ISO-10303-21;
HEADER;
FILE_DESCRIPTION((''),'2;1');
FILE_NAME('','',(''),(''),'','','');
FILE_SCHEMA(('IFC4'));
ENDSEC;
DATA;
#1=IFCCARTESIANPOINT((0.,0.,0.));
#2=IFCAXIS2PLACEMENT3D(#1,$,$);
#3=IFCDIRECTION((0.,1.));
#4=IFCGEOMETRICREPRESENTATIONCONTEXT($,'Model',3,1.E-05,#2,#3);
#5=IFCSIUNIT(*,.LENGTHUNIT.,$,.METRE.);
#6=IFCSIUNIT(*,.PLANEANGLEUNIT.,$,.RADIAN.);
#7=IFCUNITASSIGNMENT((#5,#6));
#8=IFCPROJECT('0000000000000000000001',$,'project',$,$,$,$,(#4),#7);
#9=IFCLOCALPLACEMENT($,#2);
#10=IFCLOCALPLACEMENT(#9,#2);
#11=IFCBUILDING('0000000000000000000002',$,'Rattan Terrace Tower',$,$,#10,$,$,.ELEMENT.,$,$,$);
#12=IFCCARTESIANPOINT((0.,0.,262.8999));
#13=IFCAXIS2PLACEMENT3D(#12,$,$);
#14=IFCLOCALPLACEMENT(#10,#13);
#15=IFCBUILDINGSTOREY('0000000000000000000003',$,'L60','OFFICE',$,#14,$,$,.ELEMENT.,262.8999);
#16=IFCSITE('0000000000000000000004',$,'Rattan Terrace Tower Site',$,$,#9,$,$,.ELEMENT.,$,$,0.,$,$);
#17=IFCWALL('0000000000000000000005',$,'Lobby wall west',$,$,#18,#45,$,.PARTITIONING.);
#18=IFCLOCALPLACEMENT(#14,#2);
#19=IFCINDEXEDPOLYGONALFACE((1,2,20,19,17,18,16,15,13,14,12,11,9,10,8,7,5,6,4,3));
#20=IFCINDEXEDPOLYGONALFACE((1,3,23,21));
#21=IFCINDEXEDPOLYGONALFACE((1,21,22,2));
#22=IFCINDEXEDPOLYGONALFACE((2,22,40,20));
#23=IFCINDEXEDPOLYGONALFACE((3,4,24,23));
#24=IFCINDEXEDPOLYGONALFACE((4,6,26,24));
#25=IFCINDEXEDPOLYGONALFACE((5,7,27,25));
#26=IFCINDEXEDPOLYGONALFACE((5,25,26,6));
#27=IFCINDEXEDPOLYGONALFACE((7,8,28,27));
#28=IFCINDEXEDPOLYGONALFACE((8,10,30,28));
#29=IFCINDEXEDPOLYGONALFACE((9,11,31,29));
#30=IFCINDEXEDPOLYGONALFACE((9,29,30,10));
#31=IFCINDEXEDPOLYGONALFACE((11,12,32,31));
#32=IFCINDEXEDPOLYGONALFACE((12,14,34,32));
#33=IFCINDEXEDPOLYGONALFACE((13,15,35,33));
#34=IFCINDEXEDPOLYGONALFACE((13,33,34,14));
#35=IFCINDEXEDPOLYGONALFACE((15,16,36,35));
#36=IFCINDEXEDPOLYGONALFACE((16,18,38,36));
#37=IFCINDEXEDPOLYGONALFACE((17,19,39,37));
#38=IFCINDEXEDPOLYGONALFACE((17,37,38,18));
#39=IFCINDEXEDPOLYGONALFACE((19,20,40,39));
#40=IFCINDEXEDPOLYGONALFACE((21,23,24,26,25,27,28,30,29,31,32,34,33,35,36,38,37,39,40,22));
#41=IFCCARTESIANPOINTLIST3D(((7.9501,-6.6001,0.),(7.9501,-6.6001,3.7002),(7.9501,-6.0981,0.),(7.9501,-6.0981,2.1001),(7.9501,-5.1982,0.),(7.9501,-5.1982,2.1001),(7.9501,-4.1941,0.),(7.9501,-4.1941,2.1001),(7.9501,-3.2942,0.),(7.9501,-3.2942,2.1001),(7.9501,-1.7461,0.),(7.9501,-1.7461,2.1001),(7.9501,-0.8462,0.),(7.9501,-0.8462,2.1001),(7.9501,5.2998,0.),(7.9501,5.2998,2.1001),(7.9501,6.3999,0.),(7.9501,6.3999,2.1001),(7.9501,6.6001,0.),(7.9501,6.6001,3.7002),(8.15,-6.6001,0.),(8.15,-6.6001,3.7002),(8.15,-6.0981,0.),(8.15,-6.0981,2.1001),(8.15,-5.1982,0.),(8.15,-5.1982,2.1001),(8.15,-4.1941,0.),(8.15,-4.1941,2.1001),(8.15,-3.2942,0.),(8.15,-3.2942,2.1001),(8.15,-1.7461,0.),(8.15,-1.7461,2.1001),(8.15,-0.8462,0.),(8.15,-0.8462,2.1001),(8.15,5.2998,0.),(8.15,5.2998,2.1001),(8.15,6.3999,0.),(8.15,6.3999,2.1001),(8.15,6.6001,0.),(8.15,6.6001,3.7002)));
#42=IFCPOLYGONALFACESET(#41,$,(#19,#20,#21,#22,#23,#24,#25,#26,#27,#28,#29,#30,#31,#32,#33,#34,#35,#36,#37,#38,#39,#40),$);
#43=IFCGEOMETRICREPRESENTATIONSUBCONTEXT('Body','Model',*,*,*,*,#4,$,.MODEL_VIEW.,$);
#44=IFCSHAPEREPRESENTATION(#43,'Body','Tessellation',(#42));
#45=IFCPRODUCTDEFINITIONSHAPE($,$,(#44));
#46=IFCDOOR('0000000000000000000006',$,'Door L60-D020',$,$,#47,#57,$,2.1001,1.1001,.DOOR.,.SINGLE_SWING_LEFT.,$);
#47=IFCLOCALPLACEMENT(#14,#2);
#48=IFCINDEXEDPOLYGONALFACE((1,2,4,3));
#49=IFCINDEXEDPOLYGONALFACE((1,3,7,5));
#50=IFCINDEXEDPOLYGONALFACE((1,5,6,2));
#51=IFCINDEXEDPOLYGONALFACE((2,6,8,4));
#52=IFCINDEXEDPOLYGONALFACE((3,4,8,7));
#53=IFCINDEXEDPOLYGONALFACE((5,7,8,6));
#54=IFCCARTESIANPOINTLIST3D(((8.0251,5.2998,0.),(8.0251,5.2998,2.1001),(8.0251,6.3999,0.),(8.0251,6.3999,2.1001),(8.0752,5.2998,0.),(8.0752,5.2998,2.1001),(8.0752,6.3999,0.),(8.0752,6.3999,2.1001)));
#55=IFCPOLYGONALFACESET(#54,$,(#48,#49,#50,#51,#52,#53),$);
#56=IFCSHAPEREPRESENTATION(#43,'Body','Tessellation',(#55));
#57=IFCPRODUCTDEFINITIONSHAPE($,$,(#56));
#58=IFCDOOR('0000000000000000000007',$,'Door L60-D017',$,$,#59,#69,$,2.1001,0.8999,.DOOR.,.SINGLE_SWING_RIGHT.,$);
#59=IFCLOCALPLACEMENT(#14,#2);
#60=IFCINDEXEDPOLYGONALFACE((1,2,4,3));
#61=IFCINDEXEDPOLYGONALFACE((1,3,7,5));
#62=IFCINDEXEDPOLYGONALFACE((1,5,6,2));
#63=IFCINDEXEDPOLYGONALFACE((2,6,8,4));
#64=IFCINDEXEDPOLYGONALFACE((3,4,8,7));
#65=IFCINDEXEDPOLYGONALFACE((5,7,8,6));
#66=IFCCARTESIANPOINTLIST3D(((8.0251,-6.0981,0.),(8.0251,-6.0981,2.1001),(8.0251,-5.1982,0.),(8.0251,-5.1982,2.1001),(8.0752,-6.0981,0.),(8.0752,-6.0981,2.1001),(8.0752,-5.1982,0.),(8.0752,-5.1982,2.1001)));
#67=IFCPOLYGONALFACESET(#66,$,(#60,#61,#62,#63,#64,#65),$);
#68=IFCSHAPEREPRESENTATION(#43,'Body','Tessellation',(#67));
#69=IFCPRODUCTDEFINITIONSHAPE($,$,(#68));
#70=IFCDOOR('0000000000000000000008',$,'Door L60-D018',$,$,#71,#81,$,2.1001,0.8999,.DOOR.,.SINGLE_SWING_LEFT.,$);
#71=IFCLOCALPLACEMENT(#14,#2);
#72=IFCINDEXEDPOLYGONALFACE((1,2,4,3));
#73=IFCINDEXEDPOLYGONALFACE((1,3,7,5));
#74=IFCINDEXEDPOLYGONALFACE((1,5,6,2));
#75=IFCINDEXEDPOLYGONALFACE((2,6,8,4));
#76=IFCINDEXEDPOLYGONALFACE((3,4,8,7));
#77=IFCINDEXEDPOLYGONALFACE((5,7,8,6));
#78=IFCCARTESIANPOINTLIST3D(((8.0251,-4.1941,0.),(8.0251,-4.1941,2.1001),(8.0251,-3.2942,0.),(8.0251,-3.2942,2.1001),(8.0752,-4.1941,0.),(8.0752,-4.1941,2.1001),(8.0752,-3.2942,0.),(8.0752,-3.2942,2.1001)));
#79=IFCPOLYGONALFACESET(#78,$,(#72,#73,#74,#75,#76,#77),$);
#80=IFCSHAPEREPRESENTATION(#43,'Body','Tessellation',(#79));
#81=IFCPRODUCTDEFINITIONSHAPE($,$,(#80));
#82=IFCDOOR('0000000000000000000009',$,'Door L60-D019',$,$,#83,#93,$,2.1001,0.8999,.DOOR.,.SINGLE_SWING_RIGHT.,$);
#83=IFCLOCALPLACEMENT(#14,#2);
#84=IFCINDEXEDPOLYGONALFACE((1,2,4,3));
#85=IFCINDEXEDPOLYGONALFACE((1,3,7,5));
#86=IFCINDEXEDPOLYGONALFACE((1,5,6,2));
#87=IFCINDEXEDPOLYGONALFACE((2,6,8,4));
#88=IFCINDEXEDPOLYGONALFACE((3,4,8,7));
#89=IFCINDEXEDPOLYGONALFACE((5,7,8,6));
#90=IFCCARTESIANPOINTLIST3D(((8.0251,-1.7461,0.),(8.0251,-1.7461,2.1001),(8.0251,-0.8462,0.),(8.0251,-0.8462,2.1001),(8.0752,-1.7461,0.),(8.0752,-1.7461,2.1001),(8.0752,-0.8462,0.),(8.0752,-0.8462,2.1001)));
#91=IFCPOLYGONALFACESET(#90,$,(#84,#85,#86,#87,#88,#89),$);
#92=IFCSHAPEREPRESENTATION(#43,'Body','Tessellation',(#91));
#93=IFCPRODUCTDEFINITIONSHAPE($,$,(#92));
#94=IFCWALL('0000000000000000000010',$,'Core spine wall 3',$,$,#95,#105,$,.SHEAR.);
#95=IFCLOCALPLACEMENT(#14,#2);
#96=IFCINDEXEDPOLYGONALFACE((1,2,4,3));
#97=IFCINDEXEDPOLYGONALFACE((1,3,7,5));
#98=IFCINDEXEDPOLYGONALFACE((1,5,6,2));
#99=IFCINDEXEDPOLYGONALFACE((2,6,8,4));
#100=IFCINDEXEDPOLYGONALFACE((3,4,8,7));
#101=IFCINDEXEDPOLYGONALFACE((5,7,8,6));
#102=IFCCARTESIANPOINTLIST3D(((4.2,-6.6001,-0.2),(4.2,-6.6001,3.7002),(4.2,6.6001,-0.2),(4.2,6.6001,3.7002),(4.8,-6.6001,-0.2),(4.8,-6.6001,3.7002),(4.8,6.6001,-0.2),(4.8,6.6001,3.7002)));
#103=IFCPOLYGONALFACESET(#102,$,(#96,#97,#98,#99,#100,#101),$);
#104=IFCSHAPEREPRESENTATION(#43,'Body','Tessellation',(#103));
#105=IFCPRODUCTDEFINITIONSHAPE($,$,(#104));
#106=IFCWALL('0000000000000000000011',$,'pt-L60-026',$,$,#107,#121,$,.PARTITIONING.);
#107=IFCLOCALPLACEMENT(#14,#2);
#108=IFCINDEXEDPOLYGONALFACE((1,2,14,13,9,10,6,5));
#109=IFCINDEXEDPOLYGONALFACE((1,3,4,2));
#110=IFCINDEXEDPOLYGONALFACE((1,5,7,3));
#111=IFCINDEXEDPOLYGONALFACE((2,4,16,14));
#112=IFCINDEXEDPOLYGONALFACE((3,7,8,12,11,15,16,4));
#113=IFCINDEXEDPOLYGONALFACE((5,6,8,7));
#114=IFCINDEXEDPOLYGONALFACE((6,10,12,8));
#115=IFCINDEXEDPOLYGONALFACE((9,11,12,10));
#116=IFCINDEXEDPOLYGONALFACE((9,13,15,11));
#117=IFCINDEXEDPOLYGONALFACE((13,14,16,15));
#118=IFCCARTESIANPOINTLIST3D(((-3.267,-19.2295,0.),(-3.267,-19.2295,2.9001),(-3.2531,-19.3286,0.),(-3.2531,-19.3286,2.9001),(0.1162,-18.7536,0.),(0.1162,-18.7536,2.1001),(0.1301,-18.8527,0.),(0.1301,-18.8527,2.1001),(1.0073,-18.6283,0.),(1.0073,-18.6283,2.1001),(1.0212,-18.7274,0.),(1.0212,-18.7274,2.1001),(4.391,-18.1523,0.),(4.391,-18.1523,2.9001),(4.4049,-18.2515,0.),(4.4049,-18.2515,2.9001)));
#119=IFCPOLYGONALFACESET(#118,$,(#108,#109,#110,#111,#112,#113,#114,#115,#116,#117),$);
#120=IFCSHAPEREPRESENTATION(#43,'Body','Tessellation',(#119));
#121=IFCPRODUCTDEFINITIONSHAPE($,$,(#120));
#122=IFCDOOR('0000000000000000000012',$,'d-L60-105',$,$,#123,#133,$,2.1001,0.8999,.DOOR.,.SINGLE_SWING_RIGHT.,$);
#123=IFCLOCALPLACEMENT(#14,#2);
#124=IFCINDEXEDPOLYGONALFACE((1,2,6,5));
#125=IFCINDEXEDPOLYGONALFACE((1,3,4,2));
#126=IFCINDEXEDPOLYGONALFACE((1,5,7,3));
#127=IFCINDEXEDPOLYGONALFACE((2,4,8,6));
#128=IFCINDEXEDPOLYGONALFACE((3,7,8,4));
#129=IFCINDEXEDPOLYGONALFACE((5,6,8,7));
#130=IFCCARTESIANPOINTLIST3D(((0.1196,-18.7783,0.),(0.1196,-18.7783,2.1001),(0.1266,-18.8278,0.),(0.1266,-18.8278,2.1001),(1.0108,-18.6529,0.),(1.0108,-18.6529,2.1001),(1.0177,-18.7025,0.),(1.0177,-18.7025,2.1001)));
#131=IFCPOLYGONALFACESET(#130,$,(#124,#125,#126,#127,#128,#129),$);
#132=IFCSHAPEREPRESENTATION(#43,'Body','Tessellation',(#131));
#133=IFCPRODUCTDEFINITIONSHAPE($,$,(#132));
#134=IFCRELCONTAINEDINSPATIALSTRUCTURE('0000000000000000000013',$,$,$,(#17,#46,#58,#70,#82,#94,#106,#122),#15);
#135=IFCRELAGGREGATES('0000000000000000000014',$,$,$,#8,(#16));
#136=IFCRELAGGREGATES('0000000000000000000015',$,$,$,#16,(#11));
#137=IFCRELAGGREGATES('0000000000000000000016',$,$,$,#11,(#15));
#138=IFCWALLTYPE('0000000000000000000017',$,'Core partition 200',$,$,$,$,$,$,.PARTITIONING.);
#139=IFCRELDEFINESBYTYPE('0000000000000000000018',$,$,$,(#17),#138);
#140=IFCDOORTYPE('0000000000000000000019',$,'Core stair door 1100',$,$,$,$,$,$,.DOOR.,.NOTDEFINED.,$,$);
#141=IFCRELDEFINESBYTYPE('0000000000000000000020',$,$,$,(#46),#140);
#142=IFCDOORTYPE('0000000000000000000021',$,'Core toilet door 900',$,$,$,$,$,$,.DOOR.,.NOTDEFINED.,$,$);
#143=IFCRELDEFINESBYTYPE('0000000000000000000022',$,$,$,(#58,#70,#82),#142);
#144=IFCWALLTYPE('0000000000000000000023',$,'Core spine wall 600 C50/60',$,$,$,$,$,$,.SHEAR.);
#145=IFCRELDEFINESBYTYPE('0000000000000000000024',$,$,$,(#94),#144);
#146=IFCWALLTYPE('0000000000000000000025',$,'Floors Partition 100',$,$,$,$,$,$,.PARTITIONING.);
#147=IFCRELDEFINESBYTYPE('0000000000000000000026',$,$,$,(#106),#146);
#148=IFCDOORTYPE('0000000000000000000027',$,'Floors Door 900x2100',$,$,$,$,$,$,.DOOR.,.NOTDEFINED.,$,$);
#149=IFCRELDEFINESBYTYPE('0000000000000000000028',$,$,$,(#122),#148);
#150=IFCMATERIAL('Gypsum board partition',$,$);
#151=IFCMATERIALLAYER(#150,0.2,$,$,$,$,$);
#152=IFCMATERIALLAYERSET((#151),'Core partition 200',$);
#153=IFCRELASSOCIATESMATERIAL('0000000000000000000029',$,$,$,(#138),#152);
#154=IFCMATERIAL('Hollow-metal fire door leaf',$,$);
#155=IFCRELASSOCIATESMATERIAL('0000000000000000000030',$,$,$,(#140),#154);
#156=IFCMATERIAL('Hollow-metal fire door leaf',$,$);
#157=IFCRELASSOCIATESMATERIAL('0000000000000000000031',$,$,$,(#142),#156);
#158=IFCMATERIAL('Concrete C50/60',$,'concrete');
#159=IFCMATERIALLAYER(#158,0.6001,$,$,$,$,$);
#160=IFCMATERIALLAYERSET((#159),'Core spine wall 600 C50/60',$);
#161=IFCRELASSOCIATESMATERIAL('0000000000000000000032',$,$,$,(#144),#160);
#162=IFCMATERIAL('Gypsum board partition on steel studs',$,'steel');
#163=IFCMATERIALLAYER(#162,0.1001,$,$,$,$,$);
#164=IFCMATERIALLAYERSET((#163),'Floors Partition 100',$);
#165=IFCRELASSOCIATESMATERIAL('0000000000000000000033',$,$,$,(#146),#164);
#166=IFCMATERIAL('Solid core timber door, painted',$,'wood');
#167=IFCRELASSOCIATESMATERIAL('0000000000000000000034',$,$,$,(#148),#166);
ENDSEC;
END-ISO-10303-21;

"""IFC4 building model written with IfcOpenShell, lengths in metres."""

from ifc_helpers import new_model, si_unit, direction, frame, frame_2d, origin, place, context, subcontext, project, spatial, rectangle, extrude, material, layer, layer_set, type_object, element, fill, save


model = new_model("IFC4")

# Units and contexts
model_context = context("Model", 3, precision=1e-05, world=origin(), true_north=direction((0.0, 1.0)))
body_context = subcontext(model_context, "Body", "Model", "MODEL_VIEW")
ifc_project = project(units=[si_unit("LENGTHUNIT", "METRE"), si_unit("PLANEANGLEUNIT", "RADIAN")], contexts=[model_context])

# Site, building, storey
site_placement = place(None, origin())
site = spatial("IfcSite", under=ifc_project, at=site_placement, Name="Rattan Terrace Tower Site", CompositionType="ELEMENT", RefElevation=0.0)
building_placement = place(site_placement, origin())
building = spatial("IfcBuilding", under=site, at=building_placement, Name="Rattan Terrace Tower", CompositionType="ELEMENT")
storey_placement = place(building_placement, frame((0.0, 0.0, 262.8999)))
storey = spatial("IfcBuildingStorey", under=building, at=storey_placement, Name="L60", Description="OFFICE", CompositionType="ELEMENT", Elevation=262.8999)

# Wall, openings, doors
ifc_material_1 = material(Name="Gypsum board partition")
ifc_layer_1 = layer(ifc_material_1, 0.2)
ifc_layer_set_1 = layer_set([ifc_layer_1], Name="Core partition 200")
wall_type_1 = type_object("IfcWallType", Name="Core partition 200", PredefinedType="PARTITIONING", material=ifc_layer_set_1)
wall_1_placement = place(storey_placement, frame((8.05, -6.6001, 0.0), z_axis=(0.0, 0.0, 1.0), x_axis=(0.0, 1.0, 0.0)))
wall_1 = element("IfcWall", 1, at=wall_1_placement, inside=storey, type_object=wall_type_1, Name="Lobby wall west", PredefinedType="PARTITIONING", context=body_context, shape_type="SweptSolid", body=[
    extrude(rectangle(XDim=13.2002, YDim=0.2, at=frame_2d((6.6001, 0.0))), origin(), (0.0, 0.0, 1.0), 3.7002),
])
opening_1_placement = place(wall_1_placement, frame((0.502, 0.0, 0.0)))
opening_1 = element("IfcOpeningElement", 2, at=opening_1_placement, cuts=wall_1, PredefinedType="OPENING", context=body_context, shape_type="SweptSolid", body=[
    extrude(rectangle(XDim=0.8999, YDim=2.1001, at=frame_2d((0.45, 1.05))), frame((0.0, 0.1106, 0.0), z_axis=(0.0, -1.0, 0.0), x_axis=(1.0, 0.0, 0.0)), (0.0, 0.0, 1.0), 0.2209),
])
opening_2_placement = place(wall_1_placement, frame((2.406, 0.0, 0.0)))
opening_2 = element("IfcOpeningElement", 3, at=opening_2_placement, cuts=wall_1, PredefinedType="OPENING", context=body_context, shape_type="SweptSolid", body=[
    extrude(rectangle(XDim=0.8999, YDim=2.1001, at=frame_2d((0.45, 1.05))), frame((0.0, 0.1106, 0.0), z_axis=(0.0, -1.0, 0.0), x_axis=(1.0, 0.0, 0.0)), (0.0, 0.0, 1.0), 0.2209),
])
opening_3_placement = place(wall_1_placement, frame((4.854, 0.0, 0.0)))
opening_3 = element("IfcOpeningElement", 4, at=opening_3_placement, cuts=wall_1, PredefinedType="OPENING", context=body_context, shape_type="SweptSolid", body=[
    extrude(rectangle(XDim=0.8999, YDim=2.1001, at=frame_2d((0.45, 1.05))), frame((0.0, 0.1106, 0.0), z_axis=(0.0, -1.0, 0.0), x_axis=(1.0, 0.0, 0.0)), (0.0, 0.0, 1.0), 0.2209),
])
opening_4_placement = place(wall_1_placement, frame((11.8999, 0.0, 0.0)))
opening_4 = element("IfcOpeningElement", 5, at=opening_4_placement, cuts=wall_1, PredefinedType="OPENING", context=body_context, shape_type="SweptSolid", body=[
    extrude(rectangle(XDim=1.1001, YDim=2.1001, at=frame_2d((0.55, 1.05))), frame((0.0, 0.1106, 0.0), z_axis=(0.0, -1.0, 0.0), x_axis=(1.0, 0.0, 0.0)), (0.0, 0.0, 1.0), 0.2209),
])
ifc_material_2 = material(Name="Hollow-metal fire door leaf")
door_type_1 = type_object("IfcDoorType", Name="Core stair door 1100", OperationType="NOTDEFINED", PredefinedType="DOOR", material=ifc_material_2)
door_1_placement = place(opening_4_placement, origin())
door_1 = element("IfcDoor", 6, at=door_1_placement, inside=storey, type_object=door_type_1, Name="Door L60-D020", OperationType="SINGLE_SWING_LEFT", OverallHeight=2.1001, OverallWidth=1.1001, PredefinedType="DOOR", context=body_context, shape_type="SweptSolid", body=[
    extrude(rectangle(XDim=1.1001, YDim=2.1001, at=frame_2d((0.55, 1.05))), frame((0.0, 0.0249, 0.0), z_axis=(0.0, -1.0, 0.0), x_axis=(1.0, 0.0, 0.0)), (0.0, 0.0, 1.0), 0.05),
])
fill(opening_4, door_1)
ifc_material_3 = material(Name="Hollow-metal fire door leaf")
door_type_2 = type_object("IfcDoorType", Name="Core toilet door 900", OperationType="NOTDEFINED", PredefinedType="DOOR", material=ifc_material_3)
door_2_placement = place(opening_1_placement, origin())
door_2 = element("IfcDoor", 7, at=door_2_placement, inside=storey, type_object=door_type_2, Name="Door L60-D017", OperationType="SINGLE_SWING_RIGHT", OverallHeight=2.1001, OverallWidth=0.8999, PredefinedType="DOOR", context=body_context, shape_type="SweptSolid", body=[
    extrude(rectangle(XDim=0.8999, YDim=2.1001, at=frame_2d((0.45, 1.05))), frame((0.0, 0.0249, 0.0), z_axis=(0.0, -1.0, 0.0), x_axis=(1.0, 0.0, 0.0)), (0.0, 0.0, 1.0), 0.05),
])
fill(opening_1, door_2)
door_3_placement = place(opening_2_placement, origin())
door_3 = element("IfcDoor", 8, at=door_3_placement, inside=storey, type_object=door_type_2, Name="Door L60-D018", OperationType="SINGLE_SWING_LEFT", OverallHeight=2.1001, OverallWidth=0.8999, PredefinedType="DOOR", context=body_context, shape_type="SweptSolid", body=[
    extrude(rectangle(XDim=0.8999, YDim=2.1001, at=frame_2d((0.45, 1.05))), frame((0.0, 0.0249, 0.0), z_axis=(0.0, -1.0, 0.0), x_axis=(1.0, 0.0, 0.0)), (0.0, 0.0, 1.0), 0.05),
])
fill(opening_2, door_3)
door_4_placement = place(opening_3_placement, origin())
door_4 = element("IfcDoor", 9, at=door_4_placement, inside=storey, type_object=door_type_2, Name="Door L60-D019", OperationType="SINGLE_SWING_RIGHT", OverallHeight=2.1001, OverallWidth=0.8999, PredefinedType="DOOR", context=body_context, shape_type="SweptSolid", body=[
    extrude(rectangle(XDim=0.8999, YDim=2.1001, at=frame_2d((0.45, 1.05))), frame((0.0, 0.0249, 0.0), z_axis=(0.0, -1.0, 0.0), x_axis=(1.0, 0.0, 0.0)), (0.0, 0.0, 1.0), 0.05),
])
fill(opening_3, door_4)

# Wall
ifc_material_4 = material(Name="Concrete C50/60", Category="concrete")
ifc_layer_2 = layer(ifc_material_4, 0.6001)
ifc_layer_set_2 = layer_set([ifc_layer_2], Name="Core spine wall 600 C50/60")
wall_type_2 = type_object("IfcWallType", Name="Core spine wall 600 C50/60", PredefinedType="SHEAR", material=ifc_layer_set_2)
wall_2_placement = place(storey_placement, frame((4.5, -6.6001, -0.2), z_axis=(0.0, 0.0, 1.0), x_axis=(0.0, 1.0, 0.0)))
element("IfcWall", 10, at=wall_2_placement, inside=storey, type_object=wall_type_2, Name="Core spine wall 3", PredefinedType="SHEAR", context=body_context, shape_type="SweptSolid", body=[
    extrude(rectangle(XDim=13.2002, YDim=0.6001, at=frame_2d((6.6001, 0.0))), origin(), (0.0, 0.0, 1.0), 3.9001),
])

# Wall, opening, door
ifc_material_5 = material(Name="Gypsum board partition on steel studs", Category="steel")
ifc_layer_3 = layer(ifc_material_5, 0.1001)
ifc_layer_set_3 = layer_set([ifc_layer_3], Name="Floors Partition 100")
wall_type_3 = type_object("IfcWallType", Name="Floors Partition 100", PredefinedType="PARTITIONING", material=ifc_layer_set_3)
wall_3_placement = place(storey_placement, frame((4.3979, -18.2019, 0.0), z_axis=(0.0, 0.0, 1.0), x_axis=(-0.990252, -0.139286, 0.0)))
wall_3 = element("IfcWall", 11, at=wall_3_placement, inside=storey, type_object=wall_type_3, Name="pt-L60-026", PredefinedType="PARTITIONING", context=body_context, shape_type="SweptSolid", body=[
    extrude(rectangle(XDim=7.7334, YDim=0.1001, at=frame_2d((3.8667, 0.0))), origin(), (0.0, 0.0, 1.0), 2.9001),
])
opening_5_placement = place(wall_3_placement, frame((3.417, 0.0, 0.0)))
opening_5 = element("IfcOpeningElement", 12, at=opening_5_placement, cuts=wall_3, PredefinedType="OPENING", context=body_context, shape_type="SweptSolid", body=[
    extrude(rectangle(XDim=0.8999, YDim=2.1001, at=frame_2d((0.45, 1.05))), frame((0.0, 0.0605, 0.0), z_axis=(0.0, -1.0, 0.0), x_axis=(1.0, 0.0, 0.0)), (0.0, 0.0, 1.0), 0.1211),
])
ifc_material_6 = material(Name="Solid core timber door, painted", Category="wood")
door_type_3 = type_object("IfcDoorType", Name="Floors Door 900x2100", OperationType="NOTDEFINED", PredefinedType="DOOR", material=ifc_material_6)
door_5_placement = place(opening_5_placement, origin())
door_5 = element("IfcDoor", 13, at=door_5_placement, inside=storey, type_object=door_type_3, Name="d-L60-105", OperationType="SINGLE_SWING_RIGHT", OverallHeight=2.1001, OverallWidth=0.8999, PredefinedType="DOOR", context=body_context, shape_type="SweptSolid", body=[
    extrude(rectangle(XDim=0.8999, YDim=2.1001, at=frame_2d((0.45, 1.05))), frame((0.0, 0.0249, 0.0), z_axis=(0.0, -1.0, 0.0), x_axis=(1.0, 0.0, 0.0)), (0.0, 0.0, 1.0), 0.05),
])
fill(opening_5, door_5)

save(model, "model.ifc")
